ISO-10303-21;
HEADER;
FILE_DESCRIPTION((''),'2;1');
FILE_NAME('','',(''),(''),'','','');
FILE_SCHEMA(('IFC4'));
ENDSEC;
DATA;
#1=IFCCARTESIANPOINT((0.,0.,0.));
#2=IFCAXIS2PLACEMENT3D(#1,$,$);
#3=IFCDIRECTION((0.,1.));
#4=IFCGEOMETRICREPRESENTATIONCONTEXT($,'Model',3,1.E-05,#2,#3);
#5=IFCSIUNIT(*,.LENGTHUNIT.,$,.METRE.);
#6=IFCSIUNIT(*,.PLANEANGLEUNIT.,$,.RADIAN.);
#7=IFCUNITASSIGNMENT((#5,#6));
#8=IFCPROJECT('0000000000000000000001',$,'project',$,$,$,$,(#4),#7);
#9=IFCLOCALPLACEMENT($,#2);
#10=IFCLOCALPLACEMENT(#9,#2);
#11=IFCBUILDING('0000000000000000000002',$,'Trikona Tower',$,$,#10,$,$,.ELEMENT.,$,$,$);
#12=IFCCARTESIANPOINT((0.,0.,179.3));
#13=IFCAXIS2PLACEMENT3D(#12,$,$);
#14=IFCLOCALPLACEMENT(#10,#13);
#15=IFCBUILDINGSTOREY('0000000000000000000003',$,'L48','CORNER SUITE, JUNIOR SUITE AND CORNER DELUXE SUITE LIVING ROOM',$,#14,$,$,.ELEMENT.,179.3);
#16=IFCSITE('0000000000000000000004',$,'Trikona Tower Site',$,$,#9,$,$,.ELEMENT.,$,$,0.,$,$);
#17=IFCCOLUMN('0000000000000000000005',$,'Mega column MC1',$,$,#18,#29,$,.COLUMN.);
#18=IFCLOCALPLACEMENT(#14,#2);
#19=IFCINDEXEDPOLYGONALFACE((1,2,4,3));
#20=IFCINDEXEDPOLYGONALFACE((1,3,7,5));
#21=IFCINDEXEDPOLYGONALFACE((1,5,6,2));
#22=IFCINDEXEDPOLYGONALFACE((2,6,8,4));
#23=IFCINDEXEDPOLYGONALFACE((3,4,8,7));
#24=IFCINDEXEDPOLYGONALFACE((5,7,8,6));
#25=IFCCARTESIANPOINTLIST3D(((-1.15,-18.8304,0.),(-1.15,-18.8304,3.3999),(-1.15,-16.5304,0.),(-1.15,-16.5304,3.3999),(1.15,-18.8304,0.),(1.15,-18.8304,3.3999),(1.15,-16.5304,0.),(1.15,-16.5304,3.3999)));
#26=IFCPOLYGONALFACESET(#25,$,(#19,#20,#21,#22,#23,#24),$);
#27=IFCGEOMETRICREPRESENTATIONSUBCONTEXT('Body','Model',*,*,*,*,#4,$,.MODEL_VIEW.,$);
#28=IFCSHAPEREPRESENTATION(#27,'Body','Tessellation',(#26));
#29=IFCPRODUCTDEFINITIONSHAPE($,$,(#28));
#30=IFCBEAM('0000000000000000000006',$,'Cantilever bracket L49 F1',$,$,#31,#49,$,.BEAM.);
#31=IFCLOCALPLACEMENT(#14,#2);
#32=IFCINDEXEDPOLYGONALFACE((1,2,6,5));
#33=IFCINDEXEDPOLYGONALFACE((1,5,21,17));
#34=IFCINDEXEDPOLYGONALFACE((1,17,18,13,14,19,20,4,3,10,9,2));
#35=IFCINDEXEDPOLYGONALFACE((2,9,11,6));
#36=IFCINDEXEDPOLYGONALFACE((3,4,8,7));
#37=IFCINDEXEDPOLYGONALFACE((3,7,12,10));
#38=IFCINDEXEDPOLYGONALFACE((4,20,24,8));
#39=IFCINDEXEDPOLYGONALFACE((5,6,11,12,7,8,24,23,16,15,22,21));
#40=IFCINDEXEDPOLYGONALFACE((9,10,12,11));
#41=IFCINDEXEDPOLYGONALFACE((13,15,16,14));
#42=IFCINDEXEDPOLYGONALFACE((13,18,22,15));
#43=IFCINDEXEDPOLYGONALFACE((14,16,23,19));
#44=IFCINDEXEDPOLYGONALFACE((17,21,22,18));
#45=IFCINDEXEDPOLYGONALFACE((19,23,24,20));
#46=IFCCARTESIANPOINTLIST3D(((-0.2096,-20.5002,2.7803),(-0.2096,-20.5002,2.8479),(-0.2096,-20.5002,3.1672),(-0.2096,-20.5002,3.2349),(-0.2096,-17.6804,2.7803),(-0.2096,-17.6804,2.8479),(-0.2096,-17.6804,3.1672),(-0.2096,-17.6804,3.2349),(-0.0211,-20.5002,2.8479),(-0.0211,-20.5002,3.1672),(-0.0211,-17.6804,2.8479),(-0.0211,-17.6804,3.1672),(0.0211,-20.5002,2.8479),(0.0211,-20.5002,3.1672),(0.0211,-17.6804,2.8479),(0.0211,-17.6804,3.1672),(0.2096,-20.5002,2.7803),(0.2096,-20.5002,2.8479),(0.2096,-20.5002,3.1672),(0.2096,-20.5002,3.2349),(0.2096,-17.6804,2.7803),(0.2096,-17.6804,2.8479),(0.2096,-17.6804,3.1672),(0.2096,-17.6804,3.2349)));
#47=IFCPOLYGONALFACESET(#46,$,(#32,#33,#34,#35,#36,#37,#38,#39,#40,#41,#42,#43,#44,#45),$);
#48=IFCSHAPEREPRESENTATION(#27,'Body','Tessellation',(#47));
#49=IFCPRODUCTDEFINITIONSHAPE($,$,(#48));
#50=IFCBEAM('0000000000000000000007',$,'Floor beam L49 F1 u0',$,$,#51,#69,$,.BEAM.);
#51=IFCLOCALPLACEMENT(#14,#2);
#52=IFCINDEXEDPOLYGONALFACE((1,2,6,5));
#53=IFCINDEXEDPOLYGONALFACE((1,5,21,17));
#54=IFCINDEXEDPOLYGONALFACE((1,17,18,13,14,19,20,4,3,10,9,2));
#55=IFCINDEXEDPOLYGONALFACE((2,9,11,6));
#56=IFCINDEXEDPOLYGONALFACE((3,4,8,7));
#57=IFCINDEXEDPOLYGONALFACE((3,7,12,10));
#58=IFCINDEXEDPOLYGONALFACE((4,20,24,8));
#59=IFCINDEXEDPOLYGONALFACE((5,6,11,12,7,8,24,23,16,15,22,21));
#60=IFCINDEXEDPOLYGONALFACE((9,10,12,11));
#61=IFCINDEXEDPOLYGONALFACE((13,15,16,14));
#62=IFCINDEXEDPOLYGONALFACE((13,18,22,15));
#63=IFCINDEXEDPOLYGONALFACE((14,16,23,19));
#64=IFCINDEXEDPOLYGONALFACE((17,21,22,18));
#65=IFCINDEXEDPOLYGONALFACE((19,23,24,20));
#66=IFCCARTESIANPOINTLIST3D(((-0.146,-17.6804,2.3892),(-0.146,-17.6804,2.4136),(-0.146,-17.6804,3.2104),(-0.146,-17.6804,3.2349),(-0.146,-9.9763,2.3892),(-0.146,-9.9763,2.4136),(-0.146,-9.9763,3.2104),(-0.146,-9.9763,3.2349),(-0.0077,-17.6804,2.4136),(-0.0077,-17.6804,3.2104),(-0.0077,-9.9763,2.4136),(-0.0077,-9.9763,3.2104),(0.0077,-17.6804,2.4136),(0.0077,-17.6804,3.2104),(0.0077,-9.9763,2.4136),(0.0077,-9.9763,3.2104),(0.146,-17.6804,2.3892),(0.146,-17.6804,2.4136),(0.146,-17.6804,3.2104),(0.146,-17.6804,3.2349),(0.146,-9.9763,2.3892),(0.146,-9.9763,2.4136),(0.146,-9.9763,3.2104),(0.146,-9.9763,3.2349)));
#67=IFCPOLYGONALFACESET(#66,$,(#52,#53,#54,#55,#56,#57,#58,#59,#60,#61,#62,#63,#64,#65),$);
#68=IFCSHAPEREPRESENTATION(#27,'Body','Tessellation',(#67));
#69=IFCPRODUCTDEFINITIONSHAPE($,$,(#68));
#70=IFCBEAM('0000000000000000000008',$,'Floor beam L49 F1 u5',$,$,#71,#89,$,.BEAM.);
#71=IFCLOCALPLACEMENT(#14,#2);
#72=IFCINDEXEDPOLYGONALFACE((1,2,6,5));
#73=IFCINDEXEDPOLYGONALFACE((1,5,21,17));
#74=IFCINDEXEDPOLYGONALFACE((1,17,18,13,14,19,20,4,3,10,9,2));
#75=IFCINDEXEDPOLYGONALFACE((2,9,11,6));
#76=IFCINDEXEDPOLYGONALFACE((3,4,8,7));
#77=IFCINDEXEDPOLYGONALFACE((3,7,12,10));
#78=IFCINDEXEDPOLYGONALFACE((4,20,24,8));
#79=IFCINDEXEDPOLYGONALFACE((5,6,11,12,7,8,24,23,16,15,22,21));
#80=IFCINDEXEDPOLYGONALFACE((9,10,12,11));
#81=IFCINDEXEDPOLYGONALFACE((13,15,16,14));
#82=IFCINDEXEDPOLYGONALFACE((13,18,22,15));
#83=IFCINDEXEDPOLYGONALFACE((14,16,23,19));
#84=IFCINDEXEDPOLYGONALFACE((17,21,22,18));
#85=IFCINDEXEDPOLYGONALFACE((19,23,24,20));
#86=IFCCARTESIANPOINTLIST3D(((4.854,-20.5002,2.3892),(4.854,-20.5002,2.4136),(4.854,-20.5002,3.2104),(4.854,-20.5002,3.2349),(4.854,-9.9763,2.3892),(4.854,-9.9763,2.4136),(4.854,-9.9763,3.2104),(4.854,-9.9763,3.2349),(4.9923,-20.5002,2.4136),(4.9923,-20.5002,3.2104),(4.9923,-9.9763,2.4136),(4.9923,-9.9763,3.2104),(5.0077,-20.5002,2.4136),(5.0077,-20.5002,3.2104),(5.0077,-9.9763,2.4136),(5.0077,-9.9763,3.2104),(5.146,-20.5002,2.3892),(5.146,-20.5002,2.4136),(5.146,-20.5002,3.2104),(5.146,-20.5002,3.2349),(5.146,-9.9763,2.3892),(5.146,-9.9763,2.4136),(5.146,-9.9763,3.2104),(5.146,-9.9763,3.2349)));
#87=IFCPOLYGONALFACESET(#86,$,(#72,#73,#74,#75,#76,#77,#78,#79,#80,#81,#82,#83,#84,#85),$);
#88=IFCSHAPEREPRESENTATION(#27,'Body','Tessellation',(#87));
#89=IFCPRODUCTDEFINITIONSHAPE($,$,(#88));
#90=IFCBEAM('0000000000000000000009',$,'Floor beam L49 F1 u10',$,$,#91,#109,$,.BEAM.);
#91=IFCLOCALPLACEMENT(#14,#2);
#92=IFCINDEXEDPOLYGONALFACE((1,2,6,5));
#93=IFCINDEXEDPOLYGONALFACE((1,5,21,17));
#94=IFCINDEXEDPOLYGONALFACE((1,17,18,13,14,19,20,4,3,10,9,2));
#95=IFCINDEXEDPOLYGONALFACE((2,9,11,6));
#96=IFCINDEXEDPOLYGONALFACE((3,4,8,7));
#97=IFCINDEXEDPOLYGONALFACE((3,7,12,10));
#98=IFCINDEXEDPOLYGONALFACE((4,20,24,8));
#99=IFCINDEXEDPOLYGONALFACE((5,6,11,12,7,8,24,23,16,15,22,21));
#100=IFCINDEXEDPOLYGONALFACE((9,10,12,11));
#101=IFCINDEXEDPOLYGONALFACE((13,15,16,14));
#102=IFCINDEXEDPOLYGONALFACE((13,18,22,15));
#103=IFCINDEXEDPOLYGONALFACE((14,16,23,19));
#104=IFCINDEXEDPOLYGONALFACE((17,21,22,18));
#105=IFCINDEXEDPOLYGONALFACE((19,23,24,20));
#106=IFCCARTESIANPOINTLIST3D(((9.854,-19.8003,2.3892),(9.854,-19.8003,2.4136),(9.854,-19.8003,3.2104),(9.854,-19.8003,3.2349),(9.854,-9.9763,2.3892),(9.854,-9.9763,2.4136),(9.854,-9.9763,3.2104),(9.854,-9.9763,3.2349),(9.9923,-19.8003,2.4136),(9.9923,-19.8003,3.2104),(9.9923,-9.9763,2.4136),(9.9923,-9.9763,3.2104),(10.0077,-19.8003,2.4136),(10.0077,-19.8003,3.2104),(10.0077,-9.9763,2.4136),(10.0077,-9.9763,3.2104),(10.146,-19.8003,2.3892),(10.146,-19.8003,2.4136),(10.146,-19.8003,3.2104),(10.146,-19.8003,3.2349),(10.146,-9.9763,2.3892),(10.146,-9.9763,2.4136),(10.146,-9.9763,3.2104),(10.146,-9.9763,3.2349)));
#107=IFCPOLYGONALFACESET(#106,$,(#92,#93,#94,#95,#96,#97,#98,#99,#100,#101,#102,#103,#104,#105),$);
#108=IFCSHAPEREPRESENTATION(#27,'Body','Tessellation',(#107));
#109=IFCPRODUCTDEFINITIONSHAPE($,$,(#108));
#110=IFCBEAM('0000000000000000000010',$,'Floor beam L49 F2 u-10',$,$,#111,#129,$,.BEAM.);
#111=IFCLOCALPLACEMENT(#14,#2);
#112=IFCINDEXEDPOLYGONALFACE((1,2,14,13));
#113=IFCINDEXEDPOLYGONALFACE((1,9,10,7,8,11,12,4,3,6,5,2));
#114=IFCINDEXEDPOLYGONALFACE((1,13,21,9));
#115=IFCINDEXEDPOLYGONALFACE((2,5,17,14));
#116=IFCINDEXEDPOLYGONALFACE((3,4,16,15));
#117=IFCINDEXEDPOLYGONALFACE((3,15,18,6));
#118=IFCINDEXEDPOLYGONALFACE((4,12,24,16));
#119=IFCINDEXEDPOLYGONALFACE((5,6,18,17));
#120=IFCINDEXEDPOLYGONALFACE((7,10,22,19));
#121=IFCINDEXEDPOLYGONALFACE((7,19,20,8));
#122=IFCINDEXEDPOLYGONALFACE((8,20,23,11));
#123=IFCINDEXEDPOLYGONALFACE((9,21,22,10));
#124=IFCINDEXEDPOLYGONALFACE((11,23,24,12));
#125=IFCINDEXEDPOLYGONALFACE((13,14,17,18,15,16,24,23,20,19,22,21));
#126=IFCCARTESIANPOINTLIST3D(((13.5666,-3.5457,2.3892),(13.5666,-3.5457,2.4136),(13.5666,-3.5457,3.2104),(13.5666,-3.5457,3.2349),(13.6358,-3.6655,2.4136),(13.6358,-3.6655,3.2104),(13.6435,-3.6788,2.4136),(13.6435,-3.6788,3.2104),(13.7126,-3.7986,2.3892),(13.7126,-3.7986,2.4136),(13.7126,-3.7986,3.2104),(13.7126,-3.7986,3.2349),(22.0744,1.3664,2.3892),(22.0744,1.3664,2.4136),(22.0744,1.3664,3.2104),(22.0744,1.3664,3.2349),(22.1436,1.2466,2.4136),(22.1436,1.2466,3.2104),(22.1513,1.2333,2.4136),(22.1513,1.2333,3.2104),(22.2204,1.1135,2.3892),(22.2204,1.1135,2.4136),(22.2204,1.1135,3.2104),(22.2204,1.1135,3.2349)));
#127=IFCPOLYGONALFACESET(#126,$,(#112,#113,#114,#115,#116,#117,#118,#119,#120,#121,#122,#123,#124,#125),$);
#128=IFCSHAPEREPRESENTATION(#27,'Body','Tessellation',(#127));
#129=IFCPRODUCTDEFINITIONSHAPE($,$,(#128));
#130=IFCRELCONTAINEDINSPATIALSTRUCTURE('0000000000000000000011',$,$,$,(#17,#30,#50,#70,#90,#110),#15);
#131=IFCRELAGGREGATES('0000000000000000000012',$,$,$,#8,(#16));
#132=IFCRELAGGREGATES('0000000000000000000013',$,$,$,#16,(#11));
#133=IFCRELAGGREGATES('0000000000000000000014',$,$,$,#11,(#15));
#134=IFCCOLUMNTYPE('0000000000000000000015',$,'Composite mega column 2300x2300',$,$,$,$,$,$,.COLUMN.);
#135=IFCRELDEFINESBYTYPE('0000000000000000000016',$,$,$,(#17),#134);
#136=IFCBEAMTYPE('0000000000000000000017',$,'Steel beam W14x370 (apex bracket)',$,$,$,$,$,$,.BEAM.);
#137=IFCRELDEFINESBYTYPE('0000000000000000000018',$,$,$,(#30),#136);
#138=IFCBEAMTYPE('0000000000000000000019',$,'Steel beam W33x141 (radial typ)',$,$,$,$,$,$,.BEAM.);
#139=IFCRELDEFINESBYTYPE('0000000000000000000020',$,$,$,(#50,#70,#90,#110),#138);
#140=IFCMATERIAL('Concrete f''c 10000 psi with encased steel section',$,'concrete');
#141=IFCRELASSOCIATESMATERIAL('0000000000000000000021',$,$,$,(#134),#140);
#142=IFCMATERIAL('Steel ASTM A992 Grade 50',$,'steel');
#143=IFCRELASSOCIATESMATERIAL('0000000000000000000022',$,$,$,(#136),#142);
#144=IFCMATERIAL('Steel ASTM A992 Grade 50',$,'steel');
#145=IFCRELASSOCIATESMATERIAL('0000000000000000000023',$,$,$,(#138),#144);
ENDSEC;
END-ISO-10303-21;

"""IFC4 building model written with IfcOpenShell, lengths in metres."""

from ifc_helpers import new_model, si_unit, direction, frame, origin, origin_2d, place, context, subcontext, project, spatial, rectangle, i_section, extrude, material, material_profile, profile_set, type_object, element, save


model = new_model("IFC4")

# Units and contexts
model_context = context("Model", 3, precision=1e-05, world=origin(), true_north=direction((0.0, 1.0)))
body_context = subcontext(model_context, "Body", "Model", "MODEL_VIEW")
ifc_project = project(units=[si_unit("LENGTHUNIT", "METRE"), si_unit("PLANEANGLEUNIT", "RADIAN")], contexts=[model_context])

# Site, building, storey
site_placement = place(None, origin())
site = spatial("IfcSite", under=ifc_project, at=site_placement, Name="Trikona Tower Site", CompositionType="ELEMENT", RefElevation=0.0)
building_placement = place(site_placement, origin())
building = spatial("IfcBuilding", under=site, at=building_placement, Name="Trikona Tower", CompositionType="ELEMENT")
storey_placement = place(building_placement, frame((0.0, 0.0, 179.3)))
storey = spatial("IfcBuildingStorey", under=building, at=storey_placement, Name="L48", Description="CORNER SUITE, JUNIOR SUITE AND CORNER DELUXE SUITE LIVING ROOM", CompositionType="ELEMENT", Elevation=179.3)

# Column
ifc_material_1 = material(Name="Concrete f'c 10000 psi with encased steel section", Category="concrete")
ifc_material_profile_1 = material_profile(ifc_material_1, rectangle(XDim=2.3, YDim=2.3, at=origin_2d()), Name="MC2300")
ifc_profile_set_1 = profile_set([ifc_material_profile_1], Name="Concrete f'c 10000 psi with encased steel section")
column_type = type_object("IfcColumnType", Name="Composite mega column 2300x2300", PredefinedType="COLUMN", material=ifc_profile_set_1)
column_placement = place(storey_placement, frame((0.0, -17.6804, 0.0), z_axis=(0.0, 0.0, 1.0), x_axis=(0.0, -1.0, 0.0)))
element("IfcColumn", 1, at=column_placement, inside=storey, type_object=column_type, Name="Mega column MC1", PredefinedType="COLUMN", context=body_context, shape_type="SweptSolid", body=[
    extrude(rectangle(XDim=2.3, YDim=2.3, at=origin_2d()), origin(), (0.0, 0.0, 1.0), 3.3999),
])

# Beams
ifc_material_2 = material(Name="Steel ASTM A992 Grade 50", Category="steel")
ifc_material_profile_2 = material_profile(ifc_material_2, i_section(OverallWidth=0.4192, OverallDepth=0.4546, WebThickness=0.0422, FlangeThickness=0.0676, at=origin_2d()), Name="W14X370")
ifc_profile_set_2 = profile_set([ifc_material_profile_2], Name="Steel ASTM A992 Grade 50")
beam_type_1 = type_object("IfcBeamType", Name="Steel beam W14x370 (apex bracket)", PredefinedType="BEAM", material=ifc_profile_set_2)
beam_1_placement = place(storey_placement, frame((0.0, -17.6804, 3.0076), z_axis=(0.0, -1.0, 0.0), x_axis=(1.0, 0.0, 0.0)))
element("IfcBeam", 2, at=beam_1_placement, inside=storey, type_object=beam_type_1, Name="Cantilever bracket L49 F1", PredefinedType="BEAM", context=body_context, shape_type="SweptSolid", body=[
    extrude(i_section(OverallWidth=0.4192, OverallDepth=0.4546, WebThickness=0.0422, FlangeThickness=0.0676, at=origin_2d()), origin(), (0.0, 0.0, 1.0), 2.8198),
])
ifc_material_3 = material(Name="Steel ASTM A992 Grade 50", Category="steel")
ifc_material_profile_3 = material_profile(ifc_material_3, i_section(OverallWidth=0.292, OverallDepth=0.8457, WebThickness=0.0154, FlangeThickness=0.0244, at=origin_2d()), Name="W33X141")
ifc_profile_set_3 = profile_set([ifc_material_profile_3], Name="Steel ASTM A992 Grade 50")
beam_type_2 = type_object("IfcBeamType", Name="Steel beam W33x141 (radial typ)", PredefinedType="BEAM", material=ifc_profile_set_3)
beam_2_placement = place(storey_placement, frame((0.0, -9.9763, 2.812), z_axis=(0.0, -1.0, 0.0), x_axis=(1.0, 0.0, 0.0)))
element("IfcBeam", 3, at=beam_2_placement, inside=storey, type_object=beam_type_2, Name="Floor beam L49 F1 u0", PredefinedType="BEAM", context=body_context, shape_type="SweptSolid", body=[
    extrude(i_section(OverallWidth=0.292, OverallDepth=0.8457, WebThickness=0.0154, FlangeThickness=0.0244, at=origin_2d()), origin(), (0.0, 0.0, 1.0), 7.7041),
])
beam_3_placement = place(storey_placement, frame((5.0, -9.9763, 2.812), z_axis=(0.0, -1.0, 0.0), x_axis=(1.0, 0.0, 0.0)))
element("IfcBeam", 4, at=beam_3_placement, inside=storey, type_object=beam_type_2, Name="Floor beam L49 F1 u5", PredefinedType="BEAM", context=body_context, shape_type="SweptSolid", body=[
    extrude(i_section(OverallWidth=0.292, OverallDepth=0.8457, WebThickness=0.0154, FlangeThickness=0.0244, at=origin_2d()), origin(), (0.0, 0.0, 1.0), 10.5239),
])
for number, where, z_axis, x_axis, name in (
    (5, (10.0, -9.9763, 2.812), (0.0, -1.0, 0.0), (1.0, 0.0, 0.0), "Floor beam L49 F1 u10"),
    (6, (13.6396, -3.6721, 2.812), (0.86602, 0.500009, 0.0), (-0.500009, 0.86602, 0.0), "Floor beam L49 F2 u-10"),
):
    element("IfcBeam", number, at=place(storey_placement, frame(where, z_axis=z_axis, x_axis=x_axis)), inside=storey, type_object=beam_type_2, Name=name, PredefinedType="BEAM", context=body_context, shape_type="SweptSolid", body=[
        extrude(i_section(OverallWidth=0.292, OverallDepth=0.8457, WebThickness=0.0154, FlangeThickness=0.0244, at=origin_2d()), origin(), (0.0, 0.0, 1.0), 9.824),
    ])

save(model, "model.ifc")
